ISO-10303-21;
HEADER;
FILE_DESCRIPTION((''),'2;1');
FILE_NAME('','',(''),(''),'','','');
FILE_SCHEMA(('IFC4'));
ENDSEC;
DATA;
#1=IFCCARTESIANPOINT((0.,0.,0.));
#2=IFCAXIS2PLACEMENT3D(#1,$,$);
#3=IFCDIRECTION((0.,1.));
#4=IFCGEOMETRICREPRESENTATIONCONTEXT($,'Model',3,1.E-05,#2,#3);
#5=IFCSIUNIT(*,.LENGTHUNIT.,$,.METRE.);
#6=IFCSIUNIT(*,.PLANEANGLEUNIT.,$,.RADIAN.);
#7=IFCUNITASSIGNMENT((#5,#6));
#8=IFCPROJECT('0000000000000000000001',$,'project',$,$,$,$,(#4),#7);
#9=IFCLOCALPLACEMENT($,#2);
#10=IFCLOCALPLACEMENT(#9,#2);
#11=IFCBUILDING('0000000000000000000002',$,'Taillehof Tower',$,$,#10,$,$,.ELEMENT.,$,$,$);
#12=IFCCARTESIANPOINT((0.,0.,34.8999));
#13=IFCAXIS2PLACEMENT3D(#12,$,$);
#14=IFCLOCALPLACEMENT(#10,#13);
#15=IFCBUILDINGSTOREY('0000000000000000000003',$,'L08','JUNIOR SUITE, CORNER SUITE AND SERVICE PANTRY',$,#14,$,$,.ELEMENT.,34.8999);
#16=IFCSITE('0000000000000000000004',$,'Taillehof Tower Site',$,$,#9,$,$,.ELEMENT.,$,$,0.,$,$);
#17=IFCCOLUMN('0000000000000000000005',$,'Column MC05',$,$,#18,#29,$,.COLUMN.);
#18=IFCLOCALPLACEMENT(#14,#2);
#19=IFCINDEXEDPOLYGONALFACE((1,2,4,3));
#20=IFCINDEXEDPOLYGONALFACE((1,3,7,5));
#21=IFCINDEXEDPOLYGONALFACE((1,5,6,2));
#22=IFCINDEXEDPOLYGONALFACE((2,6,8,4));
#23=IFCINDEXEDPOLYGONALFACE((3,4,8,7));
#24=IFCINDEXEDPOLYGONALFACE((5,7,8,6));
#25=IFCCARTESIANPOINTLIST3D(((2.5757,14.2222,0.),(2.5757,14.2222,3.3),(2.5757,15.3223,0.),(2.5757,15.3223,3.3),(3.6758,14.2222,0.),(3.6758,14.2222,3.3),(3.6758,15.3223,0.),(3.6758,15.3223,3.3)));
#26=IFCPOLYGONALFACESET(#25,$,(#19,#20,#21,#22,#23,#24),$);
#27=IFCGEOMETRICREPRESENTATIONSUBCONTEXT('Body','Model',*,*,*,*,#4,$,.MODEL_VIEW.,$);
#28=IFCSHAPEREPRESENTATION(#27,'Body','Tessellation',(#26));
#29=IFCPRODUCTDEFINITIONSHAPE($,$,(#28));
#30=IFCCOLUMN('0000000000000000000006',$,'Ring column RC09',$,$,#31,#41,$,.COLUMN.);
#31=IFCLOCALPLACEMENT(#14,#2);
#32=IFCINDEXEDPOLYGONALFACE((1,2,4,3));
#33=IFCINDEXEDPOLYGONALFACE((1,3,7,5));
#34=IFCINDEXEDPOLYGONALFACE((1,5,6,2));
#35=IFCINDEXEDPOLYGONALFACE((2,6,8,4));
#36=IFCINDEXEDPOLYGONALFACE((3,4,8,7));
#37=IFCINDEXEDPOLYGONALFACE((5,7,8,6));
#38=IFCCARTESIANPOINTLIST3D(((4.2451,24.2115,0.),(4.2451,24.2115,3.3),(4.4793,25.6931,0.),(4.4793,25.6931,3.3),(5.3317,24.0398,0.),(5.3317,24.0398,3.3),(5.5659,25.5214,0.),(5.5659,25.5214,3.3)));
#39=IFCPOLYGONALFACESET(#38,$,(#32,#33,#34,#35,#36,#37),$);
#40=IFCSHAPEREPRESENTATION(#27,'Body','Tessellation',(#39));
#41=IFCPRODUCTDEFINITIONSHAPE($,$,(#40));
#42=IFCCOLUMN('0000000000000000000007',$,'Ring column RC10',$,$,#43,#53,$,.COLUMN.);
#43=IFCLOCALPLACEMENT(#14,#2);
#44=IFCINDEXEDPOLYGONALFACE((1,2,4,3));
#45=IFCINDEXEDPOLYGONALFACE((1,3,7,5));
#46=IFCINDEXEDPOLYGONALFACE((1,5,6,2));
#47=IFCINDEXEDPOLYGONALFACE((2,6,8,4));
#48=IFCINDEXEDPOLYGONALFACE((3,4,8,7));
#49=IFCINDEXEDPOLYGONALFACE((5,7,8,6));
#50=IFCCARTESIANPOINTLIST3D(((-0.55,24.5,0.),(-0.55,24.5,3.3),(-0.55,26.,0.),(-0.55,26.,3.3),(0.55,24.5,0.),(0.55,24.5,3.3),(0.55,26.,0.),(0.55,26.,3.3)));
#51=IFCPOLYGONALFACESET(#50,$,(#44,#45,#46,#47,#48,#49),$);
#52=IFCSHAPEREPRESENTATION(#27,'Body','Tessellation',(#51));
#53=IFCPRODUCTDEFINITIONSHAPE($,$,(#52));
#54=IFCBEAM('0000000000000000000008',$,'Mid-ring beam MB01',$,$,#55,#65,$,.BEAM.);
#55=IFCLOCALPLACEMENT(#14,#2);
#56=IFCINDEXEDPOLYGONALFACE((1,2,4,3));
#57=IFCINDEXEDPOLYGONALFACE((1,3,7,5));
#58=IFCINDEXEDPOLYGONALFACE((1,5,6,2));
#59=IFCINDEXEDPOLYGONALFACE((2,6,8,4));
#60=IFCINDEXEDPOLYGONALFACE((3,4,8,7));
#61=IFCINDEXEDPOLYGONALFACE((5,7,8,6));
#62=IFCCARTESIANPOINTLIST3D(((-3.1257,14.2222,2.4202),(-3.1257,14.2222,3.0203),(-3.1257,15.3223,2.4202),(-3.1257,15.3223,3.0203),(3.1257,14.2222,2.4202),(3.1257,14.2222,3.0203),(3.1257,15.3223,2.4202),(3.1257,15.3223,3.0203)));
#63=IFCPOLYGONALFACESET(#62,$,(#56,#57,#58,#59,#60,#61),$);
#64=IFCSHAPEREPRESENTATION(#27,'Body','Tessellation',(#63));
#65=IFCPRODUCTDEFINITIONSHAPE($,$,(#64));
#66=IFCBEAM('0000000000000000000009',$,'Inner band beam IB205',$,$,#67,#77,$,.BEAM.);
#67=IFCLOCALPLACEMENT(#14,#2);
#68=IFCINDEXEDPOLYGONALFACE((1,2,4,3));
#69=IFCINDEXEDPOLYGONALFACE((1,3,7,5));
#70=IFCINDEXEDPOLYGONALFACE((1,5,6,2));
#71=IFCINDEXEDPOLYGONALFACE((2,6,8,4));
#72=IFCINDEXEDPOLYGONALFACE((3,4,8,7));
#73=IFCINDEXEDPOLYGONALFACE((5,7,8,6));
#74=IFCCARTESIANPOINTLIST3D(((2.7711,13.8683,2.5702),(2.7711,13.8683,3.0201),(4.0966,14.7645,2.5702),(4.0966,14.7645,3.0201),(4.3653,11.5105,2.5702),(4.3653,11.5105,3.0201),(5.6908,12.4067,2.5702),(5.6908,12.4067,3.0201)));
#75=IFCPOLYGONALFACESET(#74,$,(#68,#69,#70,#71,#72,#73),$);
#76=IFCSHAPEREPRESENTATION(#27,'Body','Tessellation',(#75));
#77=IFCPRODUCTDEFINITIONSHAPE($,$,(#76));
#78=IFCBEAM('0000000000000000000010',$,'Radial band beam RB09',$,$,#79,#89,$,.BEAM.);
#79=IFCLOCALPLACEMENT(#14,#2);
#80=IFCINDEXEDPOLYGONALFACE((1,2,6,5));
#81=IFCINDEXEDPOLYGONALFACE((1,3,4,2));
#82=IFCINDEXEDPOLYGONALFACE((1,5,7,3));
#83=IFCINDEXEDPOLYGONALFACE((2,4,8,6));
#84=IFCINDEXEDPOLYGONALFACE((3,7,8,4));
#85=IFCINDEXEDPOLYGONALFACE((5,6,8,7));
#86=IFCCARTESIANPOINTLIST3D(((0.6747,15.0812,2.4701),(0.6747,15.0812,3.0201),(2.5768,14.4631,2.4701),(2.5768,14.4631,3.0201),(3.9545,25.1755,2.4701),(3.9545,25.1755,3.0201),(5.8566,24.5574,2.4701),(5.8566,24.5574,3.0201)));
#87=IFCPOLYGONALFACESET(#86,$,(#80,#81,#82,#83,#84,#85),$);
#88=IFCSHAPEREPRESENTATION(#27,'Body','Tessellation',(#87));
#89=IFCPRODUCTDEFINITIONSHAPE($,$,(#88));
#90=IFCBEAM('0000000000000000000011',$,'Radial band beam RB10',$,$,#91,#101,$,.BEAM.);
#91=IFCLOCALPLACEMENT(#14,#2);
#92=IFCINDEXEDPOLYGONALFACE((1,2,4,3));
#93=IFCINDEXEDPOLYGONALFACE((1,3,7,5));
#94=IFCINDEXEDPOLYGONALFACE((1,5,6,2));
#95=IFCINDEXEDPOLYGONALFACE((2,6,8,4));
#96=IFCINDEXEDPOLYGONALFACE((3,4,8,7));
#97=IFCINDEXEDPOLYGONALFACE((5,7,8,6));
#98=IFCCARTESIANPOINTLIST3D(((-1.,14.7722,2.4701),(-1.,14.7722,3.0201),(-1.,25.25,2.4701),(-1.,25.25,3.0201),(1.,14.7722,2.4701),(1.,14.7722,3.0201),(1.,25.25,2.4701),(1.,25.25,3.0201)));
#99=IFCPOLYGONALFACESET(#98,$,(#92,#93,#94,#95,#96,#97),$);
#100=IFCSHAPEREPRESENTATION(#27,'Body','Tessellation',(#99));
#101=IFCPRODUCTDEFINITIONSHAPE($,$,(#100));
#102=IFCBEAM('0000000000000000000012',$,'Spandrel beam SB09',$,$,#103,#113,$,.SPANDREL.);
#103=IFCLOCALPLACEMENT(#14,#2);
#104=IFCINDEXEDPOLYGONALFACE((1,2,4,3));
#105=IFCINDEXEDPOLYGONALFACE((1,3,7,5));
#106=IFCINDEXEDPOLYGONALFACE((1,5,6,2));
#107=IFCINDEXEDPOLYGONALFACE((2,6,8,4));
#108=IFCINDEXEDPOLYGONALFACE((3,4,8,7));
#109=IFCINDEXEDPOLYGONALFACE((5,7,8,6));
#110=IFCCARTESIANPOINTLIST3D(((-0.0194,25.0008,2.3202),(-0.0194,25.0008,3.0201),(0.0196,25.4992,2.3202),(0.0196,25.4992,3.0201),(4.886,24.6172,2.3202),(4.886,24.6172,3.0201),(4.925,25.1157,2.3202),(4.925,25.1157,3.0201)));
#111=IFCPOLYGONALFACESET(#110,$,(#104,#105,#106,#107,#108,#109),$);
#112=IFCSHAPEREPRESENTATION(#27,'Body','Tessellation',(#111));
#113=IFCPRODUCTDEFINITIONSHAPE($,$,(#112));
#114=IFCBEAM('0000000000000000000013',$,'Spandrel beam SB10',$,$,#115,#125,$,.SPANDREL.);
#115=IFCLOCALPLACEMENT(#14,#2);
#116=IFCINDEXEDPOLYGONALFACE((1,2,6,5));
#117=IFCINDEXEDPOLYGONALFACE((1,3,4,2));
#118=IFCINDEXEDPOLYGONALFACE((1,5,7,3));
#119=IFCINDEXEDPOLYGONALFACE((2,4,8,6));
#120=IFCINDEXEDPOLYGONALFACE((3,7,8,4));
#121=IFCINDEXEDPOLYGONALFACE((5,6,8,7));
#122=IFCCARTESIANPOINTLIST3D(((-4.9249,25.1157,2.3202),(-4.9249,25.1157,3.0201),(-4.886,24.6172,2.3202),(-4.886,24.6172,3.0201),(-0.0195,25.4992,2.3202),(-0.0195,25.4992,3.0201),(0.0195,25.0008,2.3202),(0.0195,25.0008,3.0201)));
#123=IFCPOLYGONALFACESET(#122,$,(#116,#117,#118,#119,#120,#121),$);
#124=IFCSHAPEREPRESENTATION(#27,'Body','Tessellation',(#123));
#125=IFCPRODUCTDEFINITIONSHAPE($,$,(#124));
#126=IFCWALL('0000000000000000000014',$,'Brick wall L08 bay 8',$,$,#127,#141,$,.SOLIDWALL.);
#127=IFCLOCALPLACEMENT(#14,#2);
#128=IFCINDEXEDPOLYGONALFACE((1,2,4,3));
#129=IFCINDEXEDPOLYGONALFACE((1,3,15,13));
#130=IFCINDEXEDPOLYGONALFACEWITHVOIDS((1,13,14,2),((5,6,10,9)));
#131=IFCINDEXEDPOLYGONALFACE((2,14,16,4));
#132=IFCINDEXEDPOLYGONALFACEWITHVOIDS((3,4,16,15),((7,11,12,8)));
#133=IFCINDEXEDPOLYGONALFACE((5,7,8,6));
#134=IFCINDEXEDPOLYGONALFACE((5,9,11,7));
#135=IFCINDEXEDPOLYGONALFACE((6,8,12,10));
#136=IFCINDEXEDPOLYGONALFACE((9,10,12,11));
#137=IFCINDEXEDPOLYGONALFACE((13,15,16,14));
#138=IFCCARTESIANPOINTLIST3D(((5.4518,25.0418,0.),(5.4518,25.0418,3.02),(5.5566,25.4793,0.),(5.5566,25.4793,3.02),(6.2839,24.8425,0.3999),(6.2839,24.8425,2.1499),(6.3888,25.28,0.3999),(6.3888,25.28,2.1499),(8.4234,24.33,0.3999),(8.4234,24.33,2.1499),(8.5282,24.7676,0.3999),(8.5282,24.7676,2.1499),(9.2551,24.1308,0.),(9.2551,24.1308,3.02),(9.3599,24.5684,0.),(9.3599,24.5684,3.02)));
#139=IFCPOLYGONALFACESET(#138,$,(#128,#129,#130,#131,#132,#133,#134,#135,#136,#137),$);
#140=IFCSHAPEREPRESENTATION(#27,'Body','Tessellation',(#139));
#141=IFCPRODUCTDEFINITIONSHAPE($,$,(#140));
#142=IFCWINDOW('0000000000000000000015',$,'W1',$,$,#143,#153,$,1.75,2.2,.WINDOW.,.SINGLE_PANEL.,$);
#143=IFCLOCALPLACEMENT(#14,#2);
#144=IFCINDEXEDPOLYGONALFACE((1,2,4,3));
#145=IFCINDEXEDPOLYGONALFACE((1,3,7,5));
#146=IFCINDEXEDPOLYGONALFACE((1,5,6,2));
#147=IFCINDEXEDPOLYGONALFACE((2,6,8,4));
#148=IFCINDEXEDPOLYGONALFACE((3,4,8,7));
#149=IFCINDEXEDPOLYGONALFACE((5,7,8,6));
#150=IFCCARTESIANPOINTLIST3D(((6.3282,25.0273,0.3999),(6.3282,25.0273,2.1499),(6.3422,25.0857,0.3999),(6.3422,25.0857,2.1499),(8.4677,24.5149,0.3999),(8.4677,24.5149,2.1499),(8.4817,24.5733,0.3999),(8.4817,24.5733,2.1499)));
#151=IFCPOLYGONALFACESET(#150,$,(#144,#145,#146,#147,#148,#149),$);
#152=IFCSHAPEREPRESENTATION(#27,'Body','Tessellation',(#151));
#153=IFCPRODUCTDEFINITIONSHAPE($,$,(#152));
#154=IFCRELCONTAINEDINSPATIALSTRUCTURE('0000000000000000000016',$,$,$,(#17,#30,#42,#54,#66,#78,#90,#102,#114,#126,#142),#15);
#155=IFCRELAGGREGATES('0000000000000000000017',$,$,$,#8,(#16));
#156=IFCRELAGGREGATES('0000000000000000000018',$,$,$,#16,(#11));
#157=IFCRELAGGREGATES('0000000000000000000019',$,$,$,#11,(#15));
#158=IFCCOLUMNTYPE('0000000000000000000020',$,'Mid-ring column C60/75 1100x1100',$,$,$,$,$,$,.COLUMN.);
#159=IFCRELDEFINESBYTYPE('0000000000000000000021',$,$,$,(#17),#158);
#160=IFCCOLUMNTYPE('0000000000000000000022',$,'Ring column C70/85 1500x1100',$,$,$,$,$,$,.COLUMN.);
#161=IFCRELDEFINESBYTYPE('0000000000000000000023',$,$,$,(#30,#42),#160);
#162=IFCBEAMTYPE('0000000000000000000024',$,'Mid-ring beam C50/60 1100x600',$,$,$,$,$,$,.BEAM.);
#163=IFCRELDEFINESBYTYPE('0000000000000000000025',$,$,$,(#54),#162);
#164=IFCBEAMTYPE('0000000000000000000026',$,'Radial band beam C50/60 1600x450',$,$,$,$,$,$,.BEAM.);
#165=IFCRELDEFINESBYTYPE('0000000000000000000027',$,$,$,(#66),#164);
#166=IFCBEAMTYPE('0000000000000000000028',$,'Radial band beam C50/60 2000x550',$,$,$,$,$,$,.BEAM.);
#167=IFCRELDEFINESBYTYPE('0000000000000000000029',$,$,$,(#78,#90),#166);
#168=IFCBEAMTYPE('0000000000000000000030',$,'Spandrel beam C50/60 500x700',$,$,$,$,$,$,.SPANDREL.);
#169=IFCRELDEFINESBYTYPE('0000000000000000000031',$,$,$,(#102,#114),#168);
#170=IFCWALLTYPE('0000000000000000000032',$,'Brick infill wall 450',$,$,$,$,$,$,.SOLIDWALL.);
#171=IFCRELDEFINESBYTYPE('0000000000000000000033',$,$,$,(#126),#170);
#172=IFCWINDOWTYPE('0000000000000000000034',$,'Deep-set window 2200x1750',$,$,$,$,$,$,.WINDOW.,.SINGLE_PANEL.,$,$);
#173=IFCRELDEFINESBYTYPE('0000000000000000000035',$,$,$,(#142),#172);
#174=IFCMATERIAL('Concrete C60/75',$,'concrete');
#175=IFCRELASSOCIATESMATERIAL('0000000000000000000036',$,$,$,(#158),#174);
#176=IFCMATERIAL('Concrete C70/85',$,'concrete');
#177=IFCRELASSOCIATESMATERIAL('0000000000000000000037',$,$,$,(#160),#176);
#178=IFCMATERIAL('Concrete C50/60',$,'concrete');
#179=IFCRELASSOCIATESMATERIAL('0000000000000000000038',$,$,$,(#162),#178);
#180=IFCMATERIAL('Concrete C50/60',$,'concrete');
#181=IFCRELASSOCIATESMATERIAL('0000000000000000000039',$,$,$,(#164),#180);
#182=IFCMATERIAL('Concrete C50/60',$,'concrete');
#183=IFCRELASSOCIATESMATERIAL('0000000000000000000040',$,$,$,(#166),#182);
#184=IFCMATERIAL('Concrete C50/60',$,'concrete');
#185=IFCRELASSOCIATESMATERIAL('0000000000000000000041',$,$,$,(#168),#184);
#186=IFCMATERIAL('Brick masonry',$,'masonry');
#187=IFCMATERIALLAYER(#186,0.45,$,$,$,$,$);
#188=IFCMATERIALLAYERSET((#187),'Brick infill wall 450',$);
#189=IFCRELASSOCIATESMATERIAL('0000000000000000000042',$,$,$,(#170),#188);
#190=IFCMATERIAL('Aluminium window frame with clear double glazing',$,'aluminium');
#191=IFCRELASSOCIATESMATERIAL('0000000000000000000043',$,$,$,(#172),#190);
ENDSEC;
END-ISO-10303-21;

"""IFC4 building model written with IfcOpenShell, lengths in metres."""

from ifc_helpers import new_model, si_unit, direction, frame, frame_2d, origin, origin_2d, place, context, subcontext, project, spatial, rectangle, extrude, material, layer, layer_set, material_profile, profile_set, type_object, element, fill, save


model = new_model("IFC4")

# Units and contexts
model_context = context("Model", 3, precision=1e-05, world=origin(), true_north=direction((0.0, 1.0)))
body_context = subcontext(model_context, "Body", "Model", "MODEL_VIEW")
ifc_project = project(units=[si_unit("LENGTHUNIT", "METRE"), si_unit("PLANEANGLEUNIT", "RADIAN")], contexts=[model_context])

# Site, building, storey
site_placement = place(None, origin())
site = spatial("IfcSite", under=ifc_project, at=site_placement, Name="Taillehof Tower Site", CompositionType="ELEMENT", RefElevation=0.0)
building_placement = place(site_placement, origin())
building = spatial("IfcBuilding", under=site, at=building_placement, Name="Taillehof Tower", CompositionType="ELEMENT")
storey_placement = place(building_placement, frame((0.0, 0.0, 34.8999)))
storey = spatial("IfcBuildingStorey", under=building, at=storey_placement, Name="L08", Description="JUNIOR SUITE, CORNER SUITE AND SERVICE PANTRY", CompositionType="ELEMENT", Elevation=34.8999)

# Columns
ifc_material_1 = material(Name="Concrete C60/75", Category="concrete")
ifc_material_profile_1 = material_profile(ifc_material_1, rectangle(XDim=1.1001, YDim=1.1001, at=origin_2d()), Name="RC 1100x1100")
ifc_profile_set_1 = profile_set([ifc_material_profile_1], Name="Concrete C60/75")
column_type_1 = type_object("IfcColumnType", Name="Mid-ring column C60/75 1100x1100", PredefinedType="COLUMN", material=ifc_profile_set_1)
column_placement = place(storey_placement, frame((3.1257, 14.7722, 0.0), z_axis=(0.0, 0.0, 1.0), x_axis=(1.0, 0.0, 0.0)))
element("IfcColumn", 1, at=column_placement, inside=storey, type_object=column_type_1, Name="Column MC05", PredefinedType="COLUMN", context=body_context, shape_type="SweptSolid", body=[
    extrude(rectangle(XDim=1.1001, YDim=1.1001, at=origin_2d()), origin(), (0.0, 0.0, 1.0), 3.3),
])
ifc_material_2 = material(Name="Concrete C70/85", Category="concrete")
ifc_material_profile_2 = material_profile(ifc_material_2, rectangle(XDim=1.5, YDim=1.1001, at=origin_2d()), Name="RC 1500x1100")
ifc_profile_set_2 = profile_set([ifc_material_profile_2], Name="Concrete C70/85")
column_type_2 = type_object("IfcColumnType", Name="Ring column C70/85 1500x1100", PredefinedType="COLUMN", material=ifc_profile_set_2)
for number, where, z_axis, x_axis, name in (
    (2, (4.9055, 24.8665, 0.0), (0.0, 0.0, 1.0), (0.156147, 0.987734, 0.0), "Ring column RC09"),
    (3, (0.0, 25.25, 0.0), (0.0, 0.0, 1.0), (0.0, 1.0, 0.0), "Ring column RC10"),
):
    element("IfcColumn", number, at=place(storey_placement, frame(where, z_axis=z_axis, x_axis=x_axis)), inside=storey, type_object=column_type_2, Name=name, PredefinedType="COLUMN", context=body_context, shape_type="SweptSolid", body=[
        extrude(rectangle(XDim=1.5, YDim=1.1001, at=origin_2d()), origin(), (0.0, 0.0, 1.0), 3.3),
    ])

# Beams
ifc_material_3 = material(Name="Concrete C50/60", Category="concrete")
ifc_material_profile_3 = material_profile(ifc_material_3, rectangle(XDim=1.1001, YDim=0.6001, at=origin_2d()), Name="RC 1100x600")
ifc_profile_set_3 = profile_set([ifc_material_profile_3], Name="Concrete C50/60")
beam_type_1 = type_object("IfcBeamType", Name="Mid-ring beam C50/60 1100x600", PredefinedType="BEAM", material=ifc_profile_set_3)
beam_1_placement = place(storey_placement, frame((3.1257, 14.7722, 2.7202), z_axis=(-1.0, 0.0, 0.0), x_axis=(0.0, -1.0, 0.0)))
element("IfcBeam", 4, at=beam_1_placement, inside=storey, type_object=beam_type_1, Name="Mid-ring beam MB01", PredefinedType="BEAM", context=body_context, shape_type="SweptSolid", body=[
    extrude(rectangle(XDim=1.1001, YDim=0.6001, at=origin_2d()), origin(), (0.0, 0.0, 1.0), 6.2515),
])
ifc_material_4 = material(Name="Concrete C50/60", Category="concrete")
ifc_material_profile_4 = material_profile(ifc_material_4, rectangle(XDim=1.6001, YDim=0.45, at=origin_2d()), Name="RC 1600x450")
ifc_profile_set_4 = profile_set([ifc_material_profile_4], Name="Concrete C50/60")
beam_type_2 = type_object("IfcBeamType", Name="Radial band beam C50/60 1600x450", PredefinedType="BEAM", material=ifc_profile_set_4)
beam_2_placement = place(storey_placement, frame((3.4338, 14.3164, 2.7952), z_axis=(0.560112, -0.828417, 0.0), x_axis=(0.828417, 0.560112, 0.0)))
element("IfcBeam", 5, at=beam_2_placement, inside=storey, type_object=beam_type_2, Name="Inner band beam IB205", PredefinedType="BEAM", context=body_context, shape_type="SweptSolid", body=[
    extrude(rectangle(XDim=1.6001, YDim=0.45, at=origin_2d()), origin(), (0.0, 0.0, 1.0), 2.8462),
])
ifc_material_5 = material(Name="Concrete C50/60", Category="concrete")
ifc_material_profile_5 = material_profile(ifc_material_5, rectangle(XDim=2.0, YDim=0.55, at=origin_2d()), Name="RC 2000x550")
ifc_profile_set_5 = profile_set([ifc_material_profile_5], Name="Concrete C50/60")
beam_type_3 = type_object("IfcBeamType", Name="Radial band beam C50/60 2000x550", PredefinedType="BEAM", material=ifc_profile_set_5)
beam_3_placement = place(storey_placement, frame((4.9055, 24.8665, 2.7451), z_axis=(-0.309014, -0.951057, 0.0), x_axis=(0.951057, -0.309014, 0.0)))
element("IfcBeam", 6, at=beam_3_placement, inside=storey, type_object=beam_type_3, Name="Radial band beam RB09", PredefinedType="BEAM", context=body_context, shape_type="SweptSolid", body=[
    extrude(rectangle(XDim=2.0, YDim=0.55, at=origin_2d()), origin(), (0.0, 0.0, 1.0), 10.6138),
])
beam_4_placement = place(storey_placement, frame((0.0, 25.25, 2.7451), z_axis=(0.0, -1.0, 0.0), x_axis=(1.0, 0.0, 0.0)))
element("IfcBeam", 7, at=beam_4_placement, inside=storey, type_object=beam_type_3, Name="Radial band beam RB10", PredefinedType="BEAM", context=body_context, shape_type="SweptSolid", body=[
    extrude(rectangle(XDim=2.0, YDim=0.55, at=origin_2d()), origin(), (0.0, 0.0, 1.0), 10.4778),
])
ifc_material_6 = material(Name="Concrete C50/60", Category="concrete")
ifc_material_profile_6 = material_profile(ifc_material_6, rectangle(XDim=0.5, YDim=0.7, at=origin_2d()), Name="RC 500x700")
ifc_profile_set_6 = profile_set([ifc_material_profile_6], Name="Concrete C50/60")
beam_type_4 = type_object("IfcBeamType", Name="Spandrel beam C50/60 500x700", PredefinedType="SPANDREL", material=ifc_profile_set_6)
for number, where, z_axis, x_axis, name in (
    (8, (4.9055, 24.8665, 2.6702), (-0.996957, 0.077949, 0.0), (-0.077949, -0.996957, 0.0), "Spandrel beam SB09"),
    (9, (0.0, 25.25, 2.6702), (-0.996957, -0.077949, 0.0), (0.077949, -0.996957, 0.0), "Spandrel beam SB10"),
):
    element("IfcBeam", number, at=place(storey_placement, frame(where, z_axis=z_axis, x_axis=x_axis)), inside=storey, type_object=beam_type_4, Name=name, PredefinedType="SPANDREL", context=body_context, shape_type="SweptSolid", body=[
        extrude(rectangle(XDim=0.5, YDim=0.7, at=origin_2d()), origin(), (0.0, 0.0, 1.0), 4.9204),
    ])

# Wall, opening, window
ifc_material_7 = material(Name="Brick masonry", Category="masonry")
ifc_layer_1 = layer(ifc_material_7, 0.45)
ifc_layer_set_1 = layer_set([ifc_layer_1], Name="Brick infill wall 450")
wall_type_1 = type_object("IfcWallType", Name="Brick infill wall 450", PredefinedType="SOLIDWALL", material=ifc_layer_set_1)
wall_1_placement = place(storey_placement, frame((9.3076, 24.3496, 0.0), z_axis=(0.0, 0.0, 1.0), x_axis=(-0.972497, 0.232917, 0.0)))
wall_1 = element("IfcWall", 10, at=wall_1_placement, inside=storey, type_object=wall_type_1, Name="Brick wall L08 bay 8", PredefinedType="SOLIDWALL", context=body_context, shape_type="SweptSolid", body=[
    extrude(rectangle(XDim=3.9109, YDim=0.45, at=frame_2d((1.9556, 0.0))), origin(), (0.0, 0.0, 1.0), 3.02),
])
opening_1_placement = place(wall_1_placement, frame((0.8552, 0.0, 0.3999)))
opening_1 = element("IfcOpeningElement", 11, at=opening_1_placement, cuts=wall_1, PredefinedType="OPENING", context=body_context, shape_type="SweptSolid", body=[
    extrude(rectangle(XDim=2.2, YDim=1.75, at=frame_2d((1.1001, 0.875))), frame((0.0, 0.2349, 0.0), z_axis=(0.0, -1.0, 0.0), x_axis=(1.0, 0.0, 0.0)), (0.0, 0.0, 1.0), 0.47),
])
ifc_material_8 = material(Name="Aluminium window frame with clear double glazing", Category="aluminium")
window_type = type_object("IfcWindowType", Name="Deep-set window 2200x1750", PartitioningType="SINGLE_PANEL", PredefinedType="WINDOW", material=ifc_material_8)
window_1_placement = place(opening_1_placement, origin())
window_1 = element("IfcWindow", 12, at=window_1_placement, inside=storey, type_object=window_type, Name="W1", OverallHeight=1.75, OverallWidth=2.2, PartitioningType="SINGLE_PANEL", PredefinedType="WINDOW", context=body_context, shape_type="SweptSolid", body=[
    extrude(rectangle(XDim=2.2, YDim=1.75, at=frame_2d((1.1001, 0.875))), frame((0.0, 0.0349, 0.0), z_axis=(0.0, -1.0, 0.0), x_axis=(1.0, 0.0, 0.0)), (0.0, 0.0, 1.0), 0.0601),
])
fill(opening_1, window_1)

save(model, "model.ifc")
